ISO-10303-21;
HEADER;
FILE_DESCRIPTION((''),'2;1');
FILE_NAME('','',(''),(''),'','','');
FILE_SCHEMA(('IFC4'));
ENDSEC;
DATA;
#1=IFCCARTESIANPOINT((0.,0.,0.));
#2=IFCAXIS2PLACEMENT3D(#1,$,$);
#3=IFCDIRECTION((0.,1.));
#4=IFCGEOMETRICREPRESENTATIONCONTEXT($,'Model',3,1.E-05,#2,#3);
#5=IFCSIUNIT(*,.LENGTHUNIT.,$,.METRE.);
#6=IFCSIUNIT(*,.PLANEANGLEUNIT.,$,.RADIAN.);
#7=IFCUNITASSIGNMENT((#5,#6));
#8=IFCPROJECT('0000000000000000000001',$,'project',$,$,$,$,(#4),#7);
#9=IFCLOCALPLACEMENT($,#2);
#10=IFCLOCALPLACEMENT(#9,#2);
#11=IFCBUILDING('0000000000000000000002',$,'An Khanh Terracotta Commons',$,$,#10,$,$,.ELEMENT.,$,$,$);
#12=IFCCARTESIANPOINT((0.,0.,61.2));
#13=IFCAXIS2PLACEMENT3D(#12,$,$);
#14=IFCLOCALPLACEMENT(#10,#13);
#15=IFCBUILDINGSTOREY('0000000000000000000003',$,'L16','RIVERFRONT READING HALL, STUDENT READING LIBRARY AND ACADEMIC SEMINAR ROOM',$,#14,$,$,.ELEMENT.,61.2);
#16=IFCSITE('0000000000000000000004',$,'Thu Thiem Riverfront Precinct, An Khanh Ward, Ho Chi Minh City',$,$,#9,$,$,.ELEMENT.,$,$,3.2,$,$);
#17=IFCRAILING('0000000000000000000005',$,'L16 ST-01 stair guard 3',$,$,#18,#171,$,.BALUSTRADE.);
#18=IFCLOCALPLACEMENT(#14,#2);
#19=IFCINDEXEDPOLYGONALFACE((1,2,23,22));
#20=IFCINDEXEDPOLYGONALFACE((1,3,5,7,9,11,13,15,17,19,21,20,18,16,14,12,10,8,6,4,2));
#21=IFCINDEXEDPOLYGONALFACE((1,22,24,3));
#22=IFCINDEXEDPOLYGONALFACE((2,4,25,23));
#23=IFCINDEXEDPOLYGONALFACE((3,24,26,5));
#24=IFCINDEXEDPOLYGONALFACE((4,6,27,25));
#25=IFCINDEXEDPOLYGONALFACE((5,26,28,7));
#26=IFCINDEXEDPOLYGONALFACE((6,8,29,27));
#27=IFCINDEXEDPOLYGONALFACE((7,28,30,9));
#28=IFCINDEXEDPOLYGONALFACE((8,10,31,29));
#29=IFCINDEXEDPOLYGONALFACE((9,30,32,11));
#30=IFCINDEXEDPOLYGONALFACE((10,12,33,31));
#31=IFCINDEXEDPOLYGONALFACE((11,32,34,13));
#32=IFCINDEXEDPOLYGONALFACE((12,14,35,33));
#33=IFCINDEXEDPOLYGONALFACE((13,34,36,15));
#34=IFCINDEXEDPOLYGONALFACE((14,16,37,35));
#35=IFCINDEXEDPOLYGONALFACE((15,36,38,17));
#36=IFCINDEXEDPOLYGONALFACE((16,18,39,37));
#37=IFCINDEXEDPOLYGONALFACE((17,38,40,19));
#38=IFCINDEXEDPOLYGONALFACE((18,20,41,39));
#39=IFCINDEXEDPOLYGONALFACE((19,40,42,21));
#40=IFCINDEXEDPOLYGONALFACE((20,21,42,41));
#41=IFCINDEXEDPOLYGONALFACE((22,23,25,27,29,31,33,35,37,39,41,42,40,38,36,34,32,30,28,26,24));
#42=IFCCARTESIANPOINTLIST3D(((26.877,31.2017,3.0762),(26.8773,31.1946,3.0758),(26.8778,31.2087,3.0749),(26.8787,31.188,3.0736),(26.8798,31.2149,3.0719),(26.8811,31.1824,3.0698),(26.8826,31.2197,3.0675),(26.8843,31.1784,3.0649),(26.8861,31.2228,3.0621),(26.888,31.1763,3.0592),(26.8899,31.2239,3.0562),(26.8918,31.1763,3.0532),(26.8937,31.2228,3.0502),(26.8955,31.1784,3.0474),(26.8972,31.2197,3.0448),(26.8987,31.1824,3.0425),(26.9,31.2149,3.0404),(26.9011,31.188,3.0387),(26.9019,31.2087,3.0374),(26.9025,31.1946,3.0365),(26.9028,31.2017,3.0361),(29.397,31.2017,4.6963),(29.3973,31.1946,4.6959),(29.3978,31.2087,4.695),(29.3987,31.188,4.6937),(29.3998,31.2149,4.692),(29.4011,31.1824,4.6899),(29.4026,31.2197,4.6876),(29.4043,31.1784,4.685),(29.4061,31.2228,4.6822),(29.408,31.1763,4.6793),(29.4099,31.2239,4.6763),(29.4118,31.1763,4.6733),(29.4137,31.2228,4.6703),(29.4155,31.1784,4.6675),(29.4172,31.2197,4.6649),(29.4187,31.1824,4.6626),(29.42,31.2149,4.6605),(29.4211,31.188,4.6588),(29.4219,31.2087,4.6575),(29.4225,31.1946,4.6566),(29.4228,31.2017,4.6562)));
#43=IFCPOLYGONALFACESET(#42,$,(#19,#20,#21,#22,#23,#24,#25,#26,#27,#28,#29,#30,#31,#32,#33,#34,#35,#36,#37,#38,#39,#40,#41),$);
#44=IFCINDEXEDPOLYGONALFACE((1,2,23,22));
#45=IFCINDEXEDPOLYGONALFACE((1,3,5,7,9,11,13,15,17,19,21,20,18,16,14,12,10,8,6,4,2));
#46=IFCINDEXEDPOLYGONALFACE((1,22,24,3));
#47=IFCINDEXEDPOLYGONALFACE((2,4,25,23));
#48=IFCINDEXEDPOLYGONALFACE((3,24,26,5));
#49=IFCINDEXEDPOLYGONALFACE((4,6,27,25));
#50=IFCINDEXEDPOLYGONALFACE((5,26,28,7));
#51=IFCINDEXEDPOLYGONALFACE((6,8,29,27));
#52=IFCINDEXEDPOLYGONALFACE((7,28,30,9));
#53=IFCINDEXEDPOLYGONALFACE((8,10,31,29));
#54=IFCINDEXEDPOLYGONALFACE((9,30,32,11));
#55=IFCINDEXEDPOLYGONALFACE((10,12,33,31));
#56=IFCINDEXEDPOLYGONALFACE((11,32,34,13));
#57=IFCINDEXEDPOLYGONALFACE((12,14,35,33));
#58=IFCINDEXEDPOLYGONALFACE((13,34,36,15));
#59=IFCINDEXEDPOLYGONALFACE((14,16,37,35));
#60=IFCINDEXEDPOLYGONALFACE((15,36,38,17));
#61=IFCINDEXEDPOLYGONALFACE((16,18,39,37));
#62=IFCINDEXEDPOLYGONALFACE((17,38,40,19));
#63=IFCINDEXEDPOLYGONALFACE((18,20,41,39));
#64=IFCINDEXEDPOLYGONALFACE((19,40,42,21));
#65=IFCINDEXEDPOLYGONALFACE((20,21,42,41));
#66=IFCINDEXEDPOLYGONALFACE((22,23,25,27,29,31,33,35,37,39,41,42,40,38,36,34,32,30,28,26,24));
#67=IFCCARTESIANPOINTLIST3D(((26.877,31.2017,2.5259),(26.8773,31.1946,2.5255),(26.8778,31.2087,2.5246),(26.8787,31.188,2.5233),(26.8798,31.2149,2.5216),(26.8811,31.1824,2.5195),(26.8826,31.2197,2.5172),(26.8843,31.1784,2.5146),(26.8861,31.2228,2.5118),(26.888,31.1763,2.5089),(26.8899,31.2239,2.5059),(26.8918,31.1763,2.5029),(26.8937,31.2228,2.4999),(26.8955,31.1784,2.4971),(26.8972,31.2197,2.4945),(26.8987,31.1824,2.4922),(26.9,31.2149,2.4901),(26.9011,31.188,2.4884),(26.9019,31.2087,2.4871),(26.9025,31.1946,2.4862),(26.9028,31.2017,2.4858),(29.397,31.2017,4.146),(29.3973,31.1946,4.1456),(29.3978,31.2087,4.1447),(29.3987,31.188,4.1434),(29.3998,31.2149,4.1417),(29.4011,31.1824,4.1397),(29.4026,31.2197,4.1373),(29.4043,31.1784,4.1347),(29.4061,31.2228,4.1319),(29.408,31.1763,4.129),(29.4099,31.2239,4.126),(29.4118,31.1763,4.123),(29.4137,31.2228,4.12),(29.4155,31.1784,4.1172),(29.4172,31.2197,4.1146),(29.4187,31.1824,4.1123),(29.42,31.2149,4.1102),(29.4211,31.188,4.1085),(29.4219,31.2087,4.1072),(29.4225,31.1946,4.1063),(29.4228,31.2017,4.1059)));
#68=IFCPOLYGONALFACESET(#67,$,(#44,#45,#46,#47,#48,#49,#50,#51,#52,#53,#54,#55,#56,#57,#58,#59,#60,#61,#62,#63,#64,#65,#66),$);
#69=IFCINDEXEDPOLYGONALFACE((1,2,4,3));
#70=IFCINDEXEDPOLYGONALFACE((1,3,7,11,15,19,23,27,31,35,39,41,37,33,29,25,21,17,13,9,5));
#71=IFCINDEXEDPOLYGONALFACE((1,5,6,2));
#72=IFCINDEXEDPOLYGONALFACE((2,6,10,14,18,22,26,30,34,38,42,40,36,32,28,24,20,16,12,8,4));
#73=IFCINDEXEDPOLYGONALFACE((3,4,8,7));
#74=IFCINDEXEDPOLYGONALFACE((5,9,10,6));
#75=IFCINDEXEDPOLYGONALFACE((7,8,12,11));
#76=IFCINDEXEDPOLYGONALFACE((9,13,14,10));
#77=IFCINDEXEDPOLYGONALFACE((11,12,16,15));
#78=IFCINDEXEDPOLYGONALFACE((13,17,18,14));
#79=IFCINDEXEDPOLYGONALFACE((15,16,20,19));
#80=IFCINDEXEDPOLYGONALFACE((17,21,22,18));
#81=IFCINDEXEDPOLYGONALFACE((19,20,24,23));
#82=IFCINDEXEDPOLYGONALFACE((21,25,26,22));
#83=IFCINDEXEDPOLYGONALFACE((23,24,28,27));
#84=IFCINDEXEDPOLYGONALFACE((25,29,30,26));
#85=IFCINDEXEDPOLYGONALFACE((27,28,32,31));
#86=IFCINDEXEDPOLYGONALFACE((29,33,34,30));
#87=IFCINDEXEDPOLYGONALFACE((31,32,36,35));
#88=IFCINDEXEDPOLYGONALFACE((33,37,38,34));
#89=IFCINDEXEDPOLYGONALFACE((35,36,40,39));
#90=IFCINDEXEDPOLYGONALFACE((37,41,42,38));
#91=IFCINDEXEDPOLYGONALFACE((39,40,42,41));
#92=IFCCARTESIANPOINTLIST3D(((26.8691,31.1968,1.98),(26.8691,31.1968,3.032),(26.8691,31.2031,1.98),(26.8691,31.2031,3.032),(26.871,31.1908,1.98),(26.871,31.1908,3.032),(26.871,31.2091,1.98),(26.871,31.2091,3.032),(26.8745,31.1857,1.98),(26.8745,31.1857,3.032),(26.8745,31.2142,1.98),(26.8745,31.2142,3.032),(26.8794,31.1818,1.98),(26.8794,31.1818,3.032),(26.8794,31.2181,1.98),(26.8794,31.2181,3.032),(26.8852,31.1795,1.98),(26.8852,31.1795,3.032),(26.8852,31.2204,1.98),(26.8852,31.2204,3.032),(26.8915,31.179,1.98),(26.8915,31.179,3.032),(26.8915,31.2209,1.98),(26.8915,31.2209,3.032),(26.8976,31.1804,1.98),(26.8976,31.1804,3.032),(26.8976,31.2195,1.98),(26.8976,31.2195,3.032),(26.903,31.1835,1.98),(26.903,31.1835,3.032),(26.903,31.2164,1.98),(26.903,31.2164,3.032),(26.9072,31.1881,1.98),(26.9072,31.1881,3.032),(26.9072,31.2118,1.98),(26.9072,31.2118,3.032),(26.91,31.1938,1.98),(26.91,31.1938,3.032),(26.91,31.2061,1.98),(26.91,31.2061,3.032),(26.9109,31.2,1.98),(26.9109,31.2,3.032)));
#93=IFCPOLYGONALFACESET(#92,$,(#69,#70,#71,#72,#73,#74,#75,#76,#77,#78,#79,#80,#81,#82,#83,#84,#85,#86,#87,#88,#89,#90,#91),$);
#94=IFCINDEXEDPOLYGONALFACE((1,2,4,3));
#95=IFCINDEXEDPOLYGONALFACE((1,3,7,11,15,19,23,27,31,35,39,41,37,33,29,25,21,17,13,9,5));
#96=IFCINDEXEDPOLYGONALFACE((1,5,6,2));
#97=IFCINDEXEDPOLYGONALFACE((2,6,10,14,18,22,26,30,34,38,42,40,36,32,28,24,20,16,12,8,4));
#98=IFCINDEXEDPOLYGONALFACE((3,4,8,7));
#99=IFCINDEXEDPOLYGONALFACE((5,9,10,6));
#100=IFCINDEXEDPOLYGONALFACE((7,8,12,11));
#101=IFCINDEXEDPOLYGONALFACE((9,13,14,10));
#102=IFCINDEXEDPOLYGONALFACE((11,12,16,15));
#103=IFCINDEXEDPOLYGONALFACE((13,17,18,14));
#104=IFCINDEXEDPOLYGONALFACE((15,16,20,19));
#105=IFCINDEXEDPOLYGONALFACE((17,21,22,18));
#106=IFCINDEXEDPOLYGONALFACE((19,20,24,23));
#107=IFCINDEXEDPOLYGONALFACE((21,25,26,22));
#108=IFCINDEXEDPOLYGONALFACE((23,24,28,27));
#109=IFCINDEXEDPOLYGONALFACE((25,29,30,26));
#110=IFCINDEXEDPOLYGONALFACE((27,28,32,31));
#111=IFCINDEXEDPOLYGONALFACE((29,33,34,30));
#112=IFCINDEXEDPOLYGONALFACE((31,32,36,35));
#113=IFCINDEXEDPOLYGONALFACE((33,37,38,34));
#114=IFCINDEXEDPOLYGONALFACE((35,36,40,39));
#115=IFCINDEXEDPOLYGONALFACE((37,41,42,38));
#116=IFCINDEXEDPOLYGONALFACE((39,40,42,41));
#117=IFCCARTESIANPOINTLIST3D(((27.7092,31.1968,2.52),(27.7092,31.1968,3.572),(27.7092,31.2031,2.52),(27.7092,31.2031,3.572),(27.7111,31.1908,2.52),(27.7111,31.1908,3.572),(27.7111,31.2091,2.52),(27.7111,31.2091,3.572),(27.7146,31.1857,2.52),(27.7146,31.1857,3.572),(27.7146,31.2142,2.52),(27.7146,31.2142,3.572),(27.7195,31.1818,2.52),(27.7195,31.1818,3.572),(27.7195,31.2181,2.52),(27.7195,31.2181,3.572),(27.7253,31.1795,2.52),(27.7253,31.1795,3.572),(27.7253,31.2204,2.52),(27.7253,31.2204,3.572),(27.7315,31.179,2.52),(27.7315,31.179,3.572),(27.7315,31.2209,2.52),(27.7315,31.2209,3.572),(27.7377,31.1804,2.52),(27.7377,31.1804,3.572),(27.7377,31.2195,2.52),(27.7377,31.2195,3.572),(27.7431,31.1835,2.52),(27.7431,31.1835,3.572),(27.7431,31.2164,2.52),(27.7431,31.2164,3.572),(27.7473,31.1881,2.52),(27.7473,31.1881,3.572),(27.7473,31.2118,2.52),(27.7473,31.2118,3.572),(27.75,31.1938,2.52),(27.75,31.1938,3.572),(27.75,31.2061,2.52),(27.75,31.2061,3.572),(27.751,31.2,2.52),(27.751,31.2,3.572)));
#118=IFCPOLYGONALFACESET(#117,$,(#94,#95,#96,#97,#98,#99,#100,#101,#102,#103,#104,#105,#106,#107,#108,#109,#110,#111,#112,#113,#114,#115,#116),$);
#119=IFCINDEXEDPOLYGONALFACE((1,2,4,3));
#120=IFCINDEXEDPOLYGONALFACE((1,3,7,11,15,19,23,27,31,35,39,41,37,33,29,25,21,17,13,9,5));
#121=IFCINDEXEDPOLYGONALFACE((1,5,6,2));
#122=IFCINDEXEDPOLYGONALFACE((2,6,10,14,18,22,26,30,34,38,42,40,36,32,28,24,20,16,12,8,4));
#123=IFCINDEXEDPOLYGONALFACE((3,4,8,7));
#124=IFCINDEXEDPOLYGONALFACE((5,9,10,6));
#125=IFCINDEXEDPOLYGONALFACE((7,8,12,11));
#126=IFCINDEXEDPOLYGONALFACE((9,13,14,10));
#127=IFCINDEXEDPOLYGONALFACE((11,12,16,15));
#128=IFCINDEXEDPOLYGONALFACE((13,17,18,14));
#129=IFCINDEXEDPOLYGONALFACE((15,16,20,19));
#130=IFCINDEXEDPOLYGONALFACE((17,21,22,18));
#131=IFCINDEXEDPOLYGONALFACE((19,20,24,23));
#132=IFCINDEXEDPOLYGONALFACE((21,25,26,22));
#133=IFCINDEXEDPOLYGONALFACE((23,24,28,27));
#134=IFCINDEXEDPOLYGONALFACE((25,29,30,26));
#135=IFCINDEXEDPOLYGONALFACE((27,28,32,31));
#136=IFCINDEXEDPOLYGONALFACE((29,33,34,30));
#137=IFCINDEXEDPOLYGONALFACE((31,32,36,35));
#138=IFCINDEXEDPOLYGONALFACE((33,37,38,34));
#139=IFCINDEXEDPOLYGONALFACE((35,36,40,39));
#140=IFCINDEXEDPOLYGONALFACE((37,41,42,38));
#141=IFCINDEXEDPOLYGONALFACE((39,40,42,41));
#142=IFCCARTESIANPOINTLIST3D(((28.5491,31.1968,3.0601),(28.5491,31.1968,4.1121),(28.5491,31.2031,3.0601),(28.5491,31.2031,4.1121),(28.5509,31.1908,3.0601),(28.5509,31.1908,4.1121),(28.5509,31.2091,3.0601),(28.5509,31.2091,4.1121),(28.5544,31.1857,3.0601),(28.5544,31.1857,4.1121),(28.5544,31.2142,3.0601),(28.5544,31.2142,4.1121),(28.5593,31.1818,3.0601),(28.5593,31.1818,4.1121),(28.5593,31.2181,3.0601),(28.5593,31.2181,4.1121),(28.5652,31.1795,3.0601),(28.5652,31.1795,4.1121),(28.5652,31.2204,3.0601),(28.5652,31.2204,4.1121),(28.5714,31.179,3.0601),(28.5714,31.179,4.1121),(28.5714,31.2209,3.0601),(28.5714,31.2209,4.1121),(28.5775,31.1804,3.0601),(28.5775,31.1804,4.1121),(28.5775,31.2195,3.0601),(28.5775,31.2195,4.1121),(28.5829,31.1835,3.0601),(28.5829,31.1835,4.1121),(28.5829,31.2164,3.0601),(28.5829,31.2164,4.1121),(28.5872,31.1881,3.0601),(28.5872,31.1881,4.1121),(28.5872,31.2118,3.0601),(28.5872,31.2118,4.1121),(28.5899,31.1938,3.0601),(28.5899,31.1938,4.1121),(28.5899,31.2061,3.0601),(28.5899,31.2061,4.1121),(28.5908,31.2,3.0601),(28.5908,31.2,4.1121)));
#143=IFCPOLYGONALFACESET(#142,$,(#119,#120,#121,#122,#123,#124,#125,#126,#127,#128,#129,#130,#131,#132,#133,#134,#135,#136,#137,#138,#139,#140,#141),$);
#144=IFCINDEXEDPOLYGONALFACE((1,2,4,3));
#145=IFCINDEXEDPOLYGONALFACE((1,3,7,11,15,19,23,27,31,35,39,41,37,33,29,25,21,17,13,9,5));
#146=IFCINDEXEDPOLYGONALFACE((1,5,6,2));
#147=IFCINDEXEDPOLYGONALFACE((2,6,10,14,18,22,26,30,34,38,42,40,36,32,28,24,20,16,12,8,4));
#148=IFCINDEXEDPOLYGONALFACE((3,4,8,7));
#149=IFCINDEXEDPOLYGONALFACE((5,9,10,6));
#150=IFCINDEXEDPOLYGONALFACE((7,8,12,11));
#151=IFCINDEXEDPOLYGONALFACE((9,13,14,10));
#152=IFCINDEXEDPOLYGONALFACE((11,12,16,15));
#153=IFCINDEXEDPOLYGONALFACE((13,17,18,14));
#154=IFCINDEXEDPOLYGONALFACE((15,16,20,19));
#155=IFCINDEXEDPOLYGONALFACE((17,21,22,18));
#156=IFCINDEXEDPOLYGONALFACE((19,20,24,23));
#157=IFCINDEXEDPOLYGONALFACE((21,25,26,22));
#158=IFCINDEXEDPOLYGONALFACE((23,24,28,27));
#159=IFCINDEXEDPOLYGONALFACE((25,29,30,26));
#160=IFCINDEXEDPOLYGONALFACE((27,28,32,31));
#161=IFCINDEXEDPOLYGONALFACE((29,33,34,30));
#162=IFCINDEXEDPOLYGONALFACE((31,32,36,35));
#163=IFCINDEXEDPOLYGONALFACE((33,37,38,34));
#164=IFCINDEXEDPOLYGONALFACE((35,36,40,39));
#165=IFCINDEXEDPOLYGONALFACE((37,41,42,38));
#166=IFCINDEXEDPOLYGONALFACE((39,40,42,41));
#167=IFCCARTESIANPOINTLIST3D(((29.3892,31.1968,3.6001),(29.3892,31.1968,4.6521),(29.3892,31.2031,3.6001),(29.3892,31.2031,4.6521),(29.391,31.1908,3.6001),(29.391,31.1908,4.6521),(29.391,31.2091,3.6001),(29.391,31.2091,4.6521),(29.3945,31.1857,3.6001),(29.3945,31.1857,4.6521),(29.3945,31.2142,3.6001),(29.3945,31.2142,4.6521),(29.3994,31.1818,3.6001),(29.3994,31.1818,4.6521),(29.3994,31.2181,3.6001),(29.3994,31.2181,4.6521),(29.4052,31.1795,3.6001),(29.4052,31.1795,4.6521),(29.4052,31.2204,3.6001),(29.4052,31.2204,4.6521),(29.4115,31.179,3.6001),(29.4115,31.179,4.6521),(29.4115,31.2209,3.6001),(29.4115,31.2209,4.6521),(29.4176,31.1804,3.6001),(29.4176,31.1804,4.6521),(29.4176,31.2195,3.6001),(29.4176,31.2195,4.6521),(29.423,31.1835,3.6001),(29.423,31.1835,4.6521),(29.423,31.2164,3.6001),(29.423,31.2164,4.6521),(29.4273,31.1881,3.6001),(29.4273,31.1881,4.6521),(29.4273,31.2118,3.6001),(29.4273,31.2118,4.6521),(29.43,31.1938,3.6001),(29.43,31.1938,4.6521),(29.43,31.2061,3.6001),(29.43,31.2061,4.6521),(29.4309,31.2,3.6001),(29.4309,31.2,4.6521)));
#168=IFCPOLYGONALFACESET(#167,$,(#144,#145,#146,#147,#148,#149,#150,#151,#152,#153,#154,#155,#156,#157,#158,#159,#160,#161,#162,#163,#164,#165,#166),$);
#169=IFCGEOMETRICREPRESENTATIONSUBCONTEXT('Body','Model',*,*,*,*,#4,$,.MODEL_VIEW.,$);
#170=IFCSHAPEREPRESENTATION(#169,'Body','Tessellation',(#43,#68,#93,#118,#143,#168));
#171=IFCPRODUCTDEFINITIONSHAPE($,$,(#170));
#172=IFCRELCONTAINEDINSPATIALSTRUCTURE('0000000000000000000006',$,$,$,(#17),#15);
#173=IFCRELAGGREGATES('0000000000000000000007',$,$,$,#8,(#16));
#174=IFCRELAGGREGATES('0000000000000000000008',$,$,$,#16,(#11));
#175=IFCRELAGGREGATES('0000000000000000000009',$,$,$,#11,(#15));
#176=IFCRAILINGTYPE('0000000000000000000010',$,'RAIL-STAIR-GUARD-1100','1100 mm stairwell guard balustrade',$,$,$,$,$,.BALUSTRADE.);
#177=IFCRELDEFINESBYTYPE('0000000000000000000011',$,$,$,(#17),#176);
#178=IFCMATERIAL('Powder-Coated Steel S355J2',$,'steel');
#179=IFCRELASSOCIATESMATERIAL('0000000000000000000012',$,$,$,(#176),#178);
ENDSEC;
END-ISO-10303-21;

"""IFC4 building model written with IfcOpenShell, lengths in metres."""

from ifc_helpers import new_model, si_unit, direction, frame, origin, origin_2d, place, context, subcontext, project, spatial, circle, extrude, material, type_object, element, save


model = new_model("IFC4")

# Units and contexts
model_context = context("Model", 3, precision=1e-05, world=origin(), true_north=direction((0.0, 1.0)))
body_context = subcontext(model_context, "Body", "Model", "MODEL_VIEW")
ifc_project = project(units=[si_unit("LENGTHUNIT", "METRE"), si_unit("PLANEANGLEUNIT", "RADIAN")], contexts=[model_context])

# Site, building, storey
site_placement = place(None, origin())
site = spatial("IfcSite", under=ifc_project, at=site_placement, Name="Thu Thiem Riverfront Precinct, An Khanh Ward, Ho Chi Minh City", CompositionType="ELEMENT", RefElevation=3.2)
building_placement = place(site_placement, origin())
building = spatial("IfcBuilding", under=site, at=building_placement, Name="An Khanh Terracotta Commons", CompositionType="ELEMENT")
storey_placement = place(building_placement, frame((0.0, 0.0, 61.2)))
storey = spatial("IfcBuildingStorey", under=building, at=storey_placement, Name="L16", Description="RIVERFRONT READING HALL, STUDENT READING LIBRARY AND ACADEMIC SEMINAR ROOM", CompositionType="ELEMENT", Elevation=61.2)

# Railing
ifc_material_1 = material(Name="Powder-Coated Steel S355J2", Category="steel")
railing_type_1 = type_object("IfcRailingType", Name="RAIL-STAIR-GUARD-1100", Description="1100 mm stairwell guard balustrade", PredefinedType="BALUSTRADE", material=ifc_material_1)
railing_1_placement = place(storey_placement, frame((26.8899, 31.2, 1.98)))
element("IfcRailing", 1, at=railing_1_placement, inside=storey, type_object=railing_type_1, Name="L16 ST-01 stair guard 3", PredefinedType="BALUSTRADE", context=body_context, shape_type="SweptSolid", body=[
    extrude(circle(Radius=0.0239, at=origin_2d()), frame((0.0, 0.0, 1.0762), z_axis=(0.841163, 0.0, 0.540782), x_axis=(0.0, 1.0, 0.0)), (0.0, 0.0, 1.0), 2.9958),
    extrude(circle(Radius=0.0239, at=origin_2d()), frame((0.0, 0.0, 0.5259), z_axis=(0.841163, 0.0, 0.540782), x_axis=(0.0, 1.0, 0.0)), (0.0, 0.0, 1.0), 2.9958),
    extrude(circle(Radius=0.021, at=origin_2d()), origin(), (0.0, 0.0, 1.0), 1.052),
    extrude(circle(Radius=0.021, at=origin_2d()), frame((0.8401, 0.0, 0.54)), (0.0, 0.0, 1.0), 1.052),
    extrude(circle(Radius=0.021, at=origin_2d()), frame((1.6799, 0.0, 1.0801)), (0.0, 0.0, 1.0), 1.052),
    extrude(circle(Radius=0.021, at=origin_2d()), frame((2.52, 0.0, 1.6201)), (0.0, 0.0, 1.0), 1.052),
])

save(model, "model.ifc")
